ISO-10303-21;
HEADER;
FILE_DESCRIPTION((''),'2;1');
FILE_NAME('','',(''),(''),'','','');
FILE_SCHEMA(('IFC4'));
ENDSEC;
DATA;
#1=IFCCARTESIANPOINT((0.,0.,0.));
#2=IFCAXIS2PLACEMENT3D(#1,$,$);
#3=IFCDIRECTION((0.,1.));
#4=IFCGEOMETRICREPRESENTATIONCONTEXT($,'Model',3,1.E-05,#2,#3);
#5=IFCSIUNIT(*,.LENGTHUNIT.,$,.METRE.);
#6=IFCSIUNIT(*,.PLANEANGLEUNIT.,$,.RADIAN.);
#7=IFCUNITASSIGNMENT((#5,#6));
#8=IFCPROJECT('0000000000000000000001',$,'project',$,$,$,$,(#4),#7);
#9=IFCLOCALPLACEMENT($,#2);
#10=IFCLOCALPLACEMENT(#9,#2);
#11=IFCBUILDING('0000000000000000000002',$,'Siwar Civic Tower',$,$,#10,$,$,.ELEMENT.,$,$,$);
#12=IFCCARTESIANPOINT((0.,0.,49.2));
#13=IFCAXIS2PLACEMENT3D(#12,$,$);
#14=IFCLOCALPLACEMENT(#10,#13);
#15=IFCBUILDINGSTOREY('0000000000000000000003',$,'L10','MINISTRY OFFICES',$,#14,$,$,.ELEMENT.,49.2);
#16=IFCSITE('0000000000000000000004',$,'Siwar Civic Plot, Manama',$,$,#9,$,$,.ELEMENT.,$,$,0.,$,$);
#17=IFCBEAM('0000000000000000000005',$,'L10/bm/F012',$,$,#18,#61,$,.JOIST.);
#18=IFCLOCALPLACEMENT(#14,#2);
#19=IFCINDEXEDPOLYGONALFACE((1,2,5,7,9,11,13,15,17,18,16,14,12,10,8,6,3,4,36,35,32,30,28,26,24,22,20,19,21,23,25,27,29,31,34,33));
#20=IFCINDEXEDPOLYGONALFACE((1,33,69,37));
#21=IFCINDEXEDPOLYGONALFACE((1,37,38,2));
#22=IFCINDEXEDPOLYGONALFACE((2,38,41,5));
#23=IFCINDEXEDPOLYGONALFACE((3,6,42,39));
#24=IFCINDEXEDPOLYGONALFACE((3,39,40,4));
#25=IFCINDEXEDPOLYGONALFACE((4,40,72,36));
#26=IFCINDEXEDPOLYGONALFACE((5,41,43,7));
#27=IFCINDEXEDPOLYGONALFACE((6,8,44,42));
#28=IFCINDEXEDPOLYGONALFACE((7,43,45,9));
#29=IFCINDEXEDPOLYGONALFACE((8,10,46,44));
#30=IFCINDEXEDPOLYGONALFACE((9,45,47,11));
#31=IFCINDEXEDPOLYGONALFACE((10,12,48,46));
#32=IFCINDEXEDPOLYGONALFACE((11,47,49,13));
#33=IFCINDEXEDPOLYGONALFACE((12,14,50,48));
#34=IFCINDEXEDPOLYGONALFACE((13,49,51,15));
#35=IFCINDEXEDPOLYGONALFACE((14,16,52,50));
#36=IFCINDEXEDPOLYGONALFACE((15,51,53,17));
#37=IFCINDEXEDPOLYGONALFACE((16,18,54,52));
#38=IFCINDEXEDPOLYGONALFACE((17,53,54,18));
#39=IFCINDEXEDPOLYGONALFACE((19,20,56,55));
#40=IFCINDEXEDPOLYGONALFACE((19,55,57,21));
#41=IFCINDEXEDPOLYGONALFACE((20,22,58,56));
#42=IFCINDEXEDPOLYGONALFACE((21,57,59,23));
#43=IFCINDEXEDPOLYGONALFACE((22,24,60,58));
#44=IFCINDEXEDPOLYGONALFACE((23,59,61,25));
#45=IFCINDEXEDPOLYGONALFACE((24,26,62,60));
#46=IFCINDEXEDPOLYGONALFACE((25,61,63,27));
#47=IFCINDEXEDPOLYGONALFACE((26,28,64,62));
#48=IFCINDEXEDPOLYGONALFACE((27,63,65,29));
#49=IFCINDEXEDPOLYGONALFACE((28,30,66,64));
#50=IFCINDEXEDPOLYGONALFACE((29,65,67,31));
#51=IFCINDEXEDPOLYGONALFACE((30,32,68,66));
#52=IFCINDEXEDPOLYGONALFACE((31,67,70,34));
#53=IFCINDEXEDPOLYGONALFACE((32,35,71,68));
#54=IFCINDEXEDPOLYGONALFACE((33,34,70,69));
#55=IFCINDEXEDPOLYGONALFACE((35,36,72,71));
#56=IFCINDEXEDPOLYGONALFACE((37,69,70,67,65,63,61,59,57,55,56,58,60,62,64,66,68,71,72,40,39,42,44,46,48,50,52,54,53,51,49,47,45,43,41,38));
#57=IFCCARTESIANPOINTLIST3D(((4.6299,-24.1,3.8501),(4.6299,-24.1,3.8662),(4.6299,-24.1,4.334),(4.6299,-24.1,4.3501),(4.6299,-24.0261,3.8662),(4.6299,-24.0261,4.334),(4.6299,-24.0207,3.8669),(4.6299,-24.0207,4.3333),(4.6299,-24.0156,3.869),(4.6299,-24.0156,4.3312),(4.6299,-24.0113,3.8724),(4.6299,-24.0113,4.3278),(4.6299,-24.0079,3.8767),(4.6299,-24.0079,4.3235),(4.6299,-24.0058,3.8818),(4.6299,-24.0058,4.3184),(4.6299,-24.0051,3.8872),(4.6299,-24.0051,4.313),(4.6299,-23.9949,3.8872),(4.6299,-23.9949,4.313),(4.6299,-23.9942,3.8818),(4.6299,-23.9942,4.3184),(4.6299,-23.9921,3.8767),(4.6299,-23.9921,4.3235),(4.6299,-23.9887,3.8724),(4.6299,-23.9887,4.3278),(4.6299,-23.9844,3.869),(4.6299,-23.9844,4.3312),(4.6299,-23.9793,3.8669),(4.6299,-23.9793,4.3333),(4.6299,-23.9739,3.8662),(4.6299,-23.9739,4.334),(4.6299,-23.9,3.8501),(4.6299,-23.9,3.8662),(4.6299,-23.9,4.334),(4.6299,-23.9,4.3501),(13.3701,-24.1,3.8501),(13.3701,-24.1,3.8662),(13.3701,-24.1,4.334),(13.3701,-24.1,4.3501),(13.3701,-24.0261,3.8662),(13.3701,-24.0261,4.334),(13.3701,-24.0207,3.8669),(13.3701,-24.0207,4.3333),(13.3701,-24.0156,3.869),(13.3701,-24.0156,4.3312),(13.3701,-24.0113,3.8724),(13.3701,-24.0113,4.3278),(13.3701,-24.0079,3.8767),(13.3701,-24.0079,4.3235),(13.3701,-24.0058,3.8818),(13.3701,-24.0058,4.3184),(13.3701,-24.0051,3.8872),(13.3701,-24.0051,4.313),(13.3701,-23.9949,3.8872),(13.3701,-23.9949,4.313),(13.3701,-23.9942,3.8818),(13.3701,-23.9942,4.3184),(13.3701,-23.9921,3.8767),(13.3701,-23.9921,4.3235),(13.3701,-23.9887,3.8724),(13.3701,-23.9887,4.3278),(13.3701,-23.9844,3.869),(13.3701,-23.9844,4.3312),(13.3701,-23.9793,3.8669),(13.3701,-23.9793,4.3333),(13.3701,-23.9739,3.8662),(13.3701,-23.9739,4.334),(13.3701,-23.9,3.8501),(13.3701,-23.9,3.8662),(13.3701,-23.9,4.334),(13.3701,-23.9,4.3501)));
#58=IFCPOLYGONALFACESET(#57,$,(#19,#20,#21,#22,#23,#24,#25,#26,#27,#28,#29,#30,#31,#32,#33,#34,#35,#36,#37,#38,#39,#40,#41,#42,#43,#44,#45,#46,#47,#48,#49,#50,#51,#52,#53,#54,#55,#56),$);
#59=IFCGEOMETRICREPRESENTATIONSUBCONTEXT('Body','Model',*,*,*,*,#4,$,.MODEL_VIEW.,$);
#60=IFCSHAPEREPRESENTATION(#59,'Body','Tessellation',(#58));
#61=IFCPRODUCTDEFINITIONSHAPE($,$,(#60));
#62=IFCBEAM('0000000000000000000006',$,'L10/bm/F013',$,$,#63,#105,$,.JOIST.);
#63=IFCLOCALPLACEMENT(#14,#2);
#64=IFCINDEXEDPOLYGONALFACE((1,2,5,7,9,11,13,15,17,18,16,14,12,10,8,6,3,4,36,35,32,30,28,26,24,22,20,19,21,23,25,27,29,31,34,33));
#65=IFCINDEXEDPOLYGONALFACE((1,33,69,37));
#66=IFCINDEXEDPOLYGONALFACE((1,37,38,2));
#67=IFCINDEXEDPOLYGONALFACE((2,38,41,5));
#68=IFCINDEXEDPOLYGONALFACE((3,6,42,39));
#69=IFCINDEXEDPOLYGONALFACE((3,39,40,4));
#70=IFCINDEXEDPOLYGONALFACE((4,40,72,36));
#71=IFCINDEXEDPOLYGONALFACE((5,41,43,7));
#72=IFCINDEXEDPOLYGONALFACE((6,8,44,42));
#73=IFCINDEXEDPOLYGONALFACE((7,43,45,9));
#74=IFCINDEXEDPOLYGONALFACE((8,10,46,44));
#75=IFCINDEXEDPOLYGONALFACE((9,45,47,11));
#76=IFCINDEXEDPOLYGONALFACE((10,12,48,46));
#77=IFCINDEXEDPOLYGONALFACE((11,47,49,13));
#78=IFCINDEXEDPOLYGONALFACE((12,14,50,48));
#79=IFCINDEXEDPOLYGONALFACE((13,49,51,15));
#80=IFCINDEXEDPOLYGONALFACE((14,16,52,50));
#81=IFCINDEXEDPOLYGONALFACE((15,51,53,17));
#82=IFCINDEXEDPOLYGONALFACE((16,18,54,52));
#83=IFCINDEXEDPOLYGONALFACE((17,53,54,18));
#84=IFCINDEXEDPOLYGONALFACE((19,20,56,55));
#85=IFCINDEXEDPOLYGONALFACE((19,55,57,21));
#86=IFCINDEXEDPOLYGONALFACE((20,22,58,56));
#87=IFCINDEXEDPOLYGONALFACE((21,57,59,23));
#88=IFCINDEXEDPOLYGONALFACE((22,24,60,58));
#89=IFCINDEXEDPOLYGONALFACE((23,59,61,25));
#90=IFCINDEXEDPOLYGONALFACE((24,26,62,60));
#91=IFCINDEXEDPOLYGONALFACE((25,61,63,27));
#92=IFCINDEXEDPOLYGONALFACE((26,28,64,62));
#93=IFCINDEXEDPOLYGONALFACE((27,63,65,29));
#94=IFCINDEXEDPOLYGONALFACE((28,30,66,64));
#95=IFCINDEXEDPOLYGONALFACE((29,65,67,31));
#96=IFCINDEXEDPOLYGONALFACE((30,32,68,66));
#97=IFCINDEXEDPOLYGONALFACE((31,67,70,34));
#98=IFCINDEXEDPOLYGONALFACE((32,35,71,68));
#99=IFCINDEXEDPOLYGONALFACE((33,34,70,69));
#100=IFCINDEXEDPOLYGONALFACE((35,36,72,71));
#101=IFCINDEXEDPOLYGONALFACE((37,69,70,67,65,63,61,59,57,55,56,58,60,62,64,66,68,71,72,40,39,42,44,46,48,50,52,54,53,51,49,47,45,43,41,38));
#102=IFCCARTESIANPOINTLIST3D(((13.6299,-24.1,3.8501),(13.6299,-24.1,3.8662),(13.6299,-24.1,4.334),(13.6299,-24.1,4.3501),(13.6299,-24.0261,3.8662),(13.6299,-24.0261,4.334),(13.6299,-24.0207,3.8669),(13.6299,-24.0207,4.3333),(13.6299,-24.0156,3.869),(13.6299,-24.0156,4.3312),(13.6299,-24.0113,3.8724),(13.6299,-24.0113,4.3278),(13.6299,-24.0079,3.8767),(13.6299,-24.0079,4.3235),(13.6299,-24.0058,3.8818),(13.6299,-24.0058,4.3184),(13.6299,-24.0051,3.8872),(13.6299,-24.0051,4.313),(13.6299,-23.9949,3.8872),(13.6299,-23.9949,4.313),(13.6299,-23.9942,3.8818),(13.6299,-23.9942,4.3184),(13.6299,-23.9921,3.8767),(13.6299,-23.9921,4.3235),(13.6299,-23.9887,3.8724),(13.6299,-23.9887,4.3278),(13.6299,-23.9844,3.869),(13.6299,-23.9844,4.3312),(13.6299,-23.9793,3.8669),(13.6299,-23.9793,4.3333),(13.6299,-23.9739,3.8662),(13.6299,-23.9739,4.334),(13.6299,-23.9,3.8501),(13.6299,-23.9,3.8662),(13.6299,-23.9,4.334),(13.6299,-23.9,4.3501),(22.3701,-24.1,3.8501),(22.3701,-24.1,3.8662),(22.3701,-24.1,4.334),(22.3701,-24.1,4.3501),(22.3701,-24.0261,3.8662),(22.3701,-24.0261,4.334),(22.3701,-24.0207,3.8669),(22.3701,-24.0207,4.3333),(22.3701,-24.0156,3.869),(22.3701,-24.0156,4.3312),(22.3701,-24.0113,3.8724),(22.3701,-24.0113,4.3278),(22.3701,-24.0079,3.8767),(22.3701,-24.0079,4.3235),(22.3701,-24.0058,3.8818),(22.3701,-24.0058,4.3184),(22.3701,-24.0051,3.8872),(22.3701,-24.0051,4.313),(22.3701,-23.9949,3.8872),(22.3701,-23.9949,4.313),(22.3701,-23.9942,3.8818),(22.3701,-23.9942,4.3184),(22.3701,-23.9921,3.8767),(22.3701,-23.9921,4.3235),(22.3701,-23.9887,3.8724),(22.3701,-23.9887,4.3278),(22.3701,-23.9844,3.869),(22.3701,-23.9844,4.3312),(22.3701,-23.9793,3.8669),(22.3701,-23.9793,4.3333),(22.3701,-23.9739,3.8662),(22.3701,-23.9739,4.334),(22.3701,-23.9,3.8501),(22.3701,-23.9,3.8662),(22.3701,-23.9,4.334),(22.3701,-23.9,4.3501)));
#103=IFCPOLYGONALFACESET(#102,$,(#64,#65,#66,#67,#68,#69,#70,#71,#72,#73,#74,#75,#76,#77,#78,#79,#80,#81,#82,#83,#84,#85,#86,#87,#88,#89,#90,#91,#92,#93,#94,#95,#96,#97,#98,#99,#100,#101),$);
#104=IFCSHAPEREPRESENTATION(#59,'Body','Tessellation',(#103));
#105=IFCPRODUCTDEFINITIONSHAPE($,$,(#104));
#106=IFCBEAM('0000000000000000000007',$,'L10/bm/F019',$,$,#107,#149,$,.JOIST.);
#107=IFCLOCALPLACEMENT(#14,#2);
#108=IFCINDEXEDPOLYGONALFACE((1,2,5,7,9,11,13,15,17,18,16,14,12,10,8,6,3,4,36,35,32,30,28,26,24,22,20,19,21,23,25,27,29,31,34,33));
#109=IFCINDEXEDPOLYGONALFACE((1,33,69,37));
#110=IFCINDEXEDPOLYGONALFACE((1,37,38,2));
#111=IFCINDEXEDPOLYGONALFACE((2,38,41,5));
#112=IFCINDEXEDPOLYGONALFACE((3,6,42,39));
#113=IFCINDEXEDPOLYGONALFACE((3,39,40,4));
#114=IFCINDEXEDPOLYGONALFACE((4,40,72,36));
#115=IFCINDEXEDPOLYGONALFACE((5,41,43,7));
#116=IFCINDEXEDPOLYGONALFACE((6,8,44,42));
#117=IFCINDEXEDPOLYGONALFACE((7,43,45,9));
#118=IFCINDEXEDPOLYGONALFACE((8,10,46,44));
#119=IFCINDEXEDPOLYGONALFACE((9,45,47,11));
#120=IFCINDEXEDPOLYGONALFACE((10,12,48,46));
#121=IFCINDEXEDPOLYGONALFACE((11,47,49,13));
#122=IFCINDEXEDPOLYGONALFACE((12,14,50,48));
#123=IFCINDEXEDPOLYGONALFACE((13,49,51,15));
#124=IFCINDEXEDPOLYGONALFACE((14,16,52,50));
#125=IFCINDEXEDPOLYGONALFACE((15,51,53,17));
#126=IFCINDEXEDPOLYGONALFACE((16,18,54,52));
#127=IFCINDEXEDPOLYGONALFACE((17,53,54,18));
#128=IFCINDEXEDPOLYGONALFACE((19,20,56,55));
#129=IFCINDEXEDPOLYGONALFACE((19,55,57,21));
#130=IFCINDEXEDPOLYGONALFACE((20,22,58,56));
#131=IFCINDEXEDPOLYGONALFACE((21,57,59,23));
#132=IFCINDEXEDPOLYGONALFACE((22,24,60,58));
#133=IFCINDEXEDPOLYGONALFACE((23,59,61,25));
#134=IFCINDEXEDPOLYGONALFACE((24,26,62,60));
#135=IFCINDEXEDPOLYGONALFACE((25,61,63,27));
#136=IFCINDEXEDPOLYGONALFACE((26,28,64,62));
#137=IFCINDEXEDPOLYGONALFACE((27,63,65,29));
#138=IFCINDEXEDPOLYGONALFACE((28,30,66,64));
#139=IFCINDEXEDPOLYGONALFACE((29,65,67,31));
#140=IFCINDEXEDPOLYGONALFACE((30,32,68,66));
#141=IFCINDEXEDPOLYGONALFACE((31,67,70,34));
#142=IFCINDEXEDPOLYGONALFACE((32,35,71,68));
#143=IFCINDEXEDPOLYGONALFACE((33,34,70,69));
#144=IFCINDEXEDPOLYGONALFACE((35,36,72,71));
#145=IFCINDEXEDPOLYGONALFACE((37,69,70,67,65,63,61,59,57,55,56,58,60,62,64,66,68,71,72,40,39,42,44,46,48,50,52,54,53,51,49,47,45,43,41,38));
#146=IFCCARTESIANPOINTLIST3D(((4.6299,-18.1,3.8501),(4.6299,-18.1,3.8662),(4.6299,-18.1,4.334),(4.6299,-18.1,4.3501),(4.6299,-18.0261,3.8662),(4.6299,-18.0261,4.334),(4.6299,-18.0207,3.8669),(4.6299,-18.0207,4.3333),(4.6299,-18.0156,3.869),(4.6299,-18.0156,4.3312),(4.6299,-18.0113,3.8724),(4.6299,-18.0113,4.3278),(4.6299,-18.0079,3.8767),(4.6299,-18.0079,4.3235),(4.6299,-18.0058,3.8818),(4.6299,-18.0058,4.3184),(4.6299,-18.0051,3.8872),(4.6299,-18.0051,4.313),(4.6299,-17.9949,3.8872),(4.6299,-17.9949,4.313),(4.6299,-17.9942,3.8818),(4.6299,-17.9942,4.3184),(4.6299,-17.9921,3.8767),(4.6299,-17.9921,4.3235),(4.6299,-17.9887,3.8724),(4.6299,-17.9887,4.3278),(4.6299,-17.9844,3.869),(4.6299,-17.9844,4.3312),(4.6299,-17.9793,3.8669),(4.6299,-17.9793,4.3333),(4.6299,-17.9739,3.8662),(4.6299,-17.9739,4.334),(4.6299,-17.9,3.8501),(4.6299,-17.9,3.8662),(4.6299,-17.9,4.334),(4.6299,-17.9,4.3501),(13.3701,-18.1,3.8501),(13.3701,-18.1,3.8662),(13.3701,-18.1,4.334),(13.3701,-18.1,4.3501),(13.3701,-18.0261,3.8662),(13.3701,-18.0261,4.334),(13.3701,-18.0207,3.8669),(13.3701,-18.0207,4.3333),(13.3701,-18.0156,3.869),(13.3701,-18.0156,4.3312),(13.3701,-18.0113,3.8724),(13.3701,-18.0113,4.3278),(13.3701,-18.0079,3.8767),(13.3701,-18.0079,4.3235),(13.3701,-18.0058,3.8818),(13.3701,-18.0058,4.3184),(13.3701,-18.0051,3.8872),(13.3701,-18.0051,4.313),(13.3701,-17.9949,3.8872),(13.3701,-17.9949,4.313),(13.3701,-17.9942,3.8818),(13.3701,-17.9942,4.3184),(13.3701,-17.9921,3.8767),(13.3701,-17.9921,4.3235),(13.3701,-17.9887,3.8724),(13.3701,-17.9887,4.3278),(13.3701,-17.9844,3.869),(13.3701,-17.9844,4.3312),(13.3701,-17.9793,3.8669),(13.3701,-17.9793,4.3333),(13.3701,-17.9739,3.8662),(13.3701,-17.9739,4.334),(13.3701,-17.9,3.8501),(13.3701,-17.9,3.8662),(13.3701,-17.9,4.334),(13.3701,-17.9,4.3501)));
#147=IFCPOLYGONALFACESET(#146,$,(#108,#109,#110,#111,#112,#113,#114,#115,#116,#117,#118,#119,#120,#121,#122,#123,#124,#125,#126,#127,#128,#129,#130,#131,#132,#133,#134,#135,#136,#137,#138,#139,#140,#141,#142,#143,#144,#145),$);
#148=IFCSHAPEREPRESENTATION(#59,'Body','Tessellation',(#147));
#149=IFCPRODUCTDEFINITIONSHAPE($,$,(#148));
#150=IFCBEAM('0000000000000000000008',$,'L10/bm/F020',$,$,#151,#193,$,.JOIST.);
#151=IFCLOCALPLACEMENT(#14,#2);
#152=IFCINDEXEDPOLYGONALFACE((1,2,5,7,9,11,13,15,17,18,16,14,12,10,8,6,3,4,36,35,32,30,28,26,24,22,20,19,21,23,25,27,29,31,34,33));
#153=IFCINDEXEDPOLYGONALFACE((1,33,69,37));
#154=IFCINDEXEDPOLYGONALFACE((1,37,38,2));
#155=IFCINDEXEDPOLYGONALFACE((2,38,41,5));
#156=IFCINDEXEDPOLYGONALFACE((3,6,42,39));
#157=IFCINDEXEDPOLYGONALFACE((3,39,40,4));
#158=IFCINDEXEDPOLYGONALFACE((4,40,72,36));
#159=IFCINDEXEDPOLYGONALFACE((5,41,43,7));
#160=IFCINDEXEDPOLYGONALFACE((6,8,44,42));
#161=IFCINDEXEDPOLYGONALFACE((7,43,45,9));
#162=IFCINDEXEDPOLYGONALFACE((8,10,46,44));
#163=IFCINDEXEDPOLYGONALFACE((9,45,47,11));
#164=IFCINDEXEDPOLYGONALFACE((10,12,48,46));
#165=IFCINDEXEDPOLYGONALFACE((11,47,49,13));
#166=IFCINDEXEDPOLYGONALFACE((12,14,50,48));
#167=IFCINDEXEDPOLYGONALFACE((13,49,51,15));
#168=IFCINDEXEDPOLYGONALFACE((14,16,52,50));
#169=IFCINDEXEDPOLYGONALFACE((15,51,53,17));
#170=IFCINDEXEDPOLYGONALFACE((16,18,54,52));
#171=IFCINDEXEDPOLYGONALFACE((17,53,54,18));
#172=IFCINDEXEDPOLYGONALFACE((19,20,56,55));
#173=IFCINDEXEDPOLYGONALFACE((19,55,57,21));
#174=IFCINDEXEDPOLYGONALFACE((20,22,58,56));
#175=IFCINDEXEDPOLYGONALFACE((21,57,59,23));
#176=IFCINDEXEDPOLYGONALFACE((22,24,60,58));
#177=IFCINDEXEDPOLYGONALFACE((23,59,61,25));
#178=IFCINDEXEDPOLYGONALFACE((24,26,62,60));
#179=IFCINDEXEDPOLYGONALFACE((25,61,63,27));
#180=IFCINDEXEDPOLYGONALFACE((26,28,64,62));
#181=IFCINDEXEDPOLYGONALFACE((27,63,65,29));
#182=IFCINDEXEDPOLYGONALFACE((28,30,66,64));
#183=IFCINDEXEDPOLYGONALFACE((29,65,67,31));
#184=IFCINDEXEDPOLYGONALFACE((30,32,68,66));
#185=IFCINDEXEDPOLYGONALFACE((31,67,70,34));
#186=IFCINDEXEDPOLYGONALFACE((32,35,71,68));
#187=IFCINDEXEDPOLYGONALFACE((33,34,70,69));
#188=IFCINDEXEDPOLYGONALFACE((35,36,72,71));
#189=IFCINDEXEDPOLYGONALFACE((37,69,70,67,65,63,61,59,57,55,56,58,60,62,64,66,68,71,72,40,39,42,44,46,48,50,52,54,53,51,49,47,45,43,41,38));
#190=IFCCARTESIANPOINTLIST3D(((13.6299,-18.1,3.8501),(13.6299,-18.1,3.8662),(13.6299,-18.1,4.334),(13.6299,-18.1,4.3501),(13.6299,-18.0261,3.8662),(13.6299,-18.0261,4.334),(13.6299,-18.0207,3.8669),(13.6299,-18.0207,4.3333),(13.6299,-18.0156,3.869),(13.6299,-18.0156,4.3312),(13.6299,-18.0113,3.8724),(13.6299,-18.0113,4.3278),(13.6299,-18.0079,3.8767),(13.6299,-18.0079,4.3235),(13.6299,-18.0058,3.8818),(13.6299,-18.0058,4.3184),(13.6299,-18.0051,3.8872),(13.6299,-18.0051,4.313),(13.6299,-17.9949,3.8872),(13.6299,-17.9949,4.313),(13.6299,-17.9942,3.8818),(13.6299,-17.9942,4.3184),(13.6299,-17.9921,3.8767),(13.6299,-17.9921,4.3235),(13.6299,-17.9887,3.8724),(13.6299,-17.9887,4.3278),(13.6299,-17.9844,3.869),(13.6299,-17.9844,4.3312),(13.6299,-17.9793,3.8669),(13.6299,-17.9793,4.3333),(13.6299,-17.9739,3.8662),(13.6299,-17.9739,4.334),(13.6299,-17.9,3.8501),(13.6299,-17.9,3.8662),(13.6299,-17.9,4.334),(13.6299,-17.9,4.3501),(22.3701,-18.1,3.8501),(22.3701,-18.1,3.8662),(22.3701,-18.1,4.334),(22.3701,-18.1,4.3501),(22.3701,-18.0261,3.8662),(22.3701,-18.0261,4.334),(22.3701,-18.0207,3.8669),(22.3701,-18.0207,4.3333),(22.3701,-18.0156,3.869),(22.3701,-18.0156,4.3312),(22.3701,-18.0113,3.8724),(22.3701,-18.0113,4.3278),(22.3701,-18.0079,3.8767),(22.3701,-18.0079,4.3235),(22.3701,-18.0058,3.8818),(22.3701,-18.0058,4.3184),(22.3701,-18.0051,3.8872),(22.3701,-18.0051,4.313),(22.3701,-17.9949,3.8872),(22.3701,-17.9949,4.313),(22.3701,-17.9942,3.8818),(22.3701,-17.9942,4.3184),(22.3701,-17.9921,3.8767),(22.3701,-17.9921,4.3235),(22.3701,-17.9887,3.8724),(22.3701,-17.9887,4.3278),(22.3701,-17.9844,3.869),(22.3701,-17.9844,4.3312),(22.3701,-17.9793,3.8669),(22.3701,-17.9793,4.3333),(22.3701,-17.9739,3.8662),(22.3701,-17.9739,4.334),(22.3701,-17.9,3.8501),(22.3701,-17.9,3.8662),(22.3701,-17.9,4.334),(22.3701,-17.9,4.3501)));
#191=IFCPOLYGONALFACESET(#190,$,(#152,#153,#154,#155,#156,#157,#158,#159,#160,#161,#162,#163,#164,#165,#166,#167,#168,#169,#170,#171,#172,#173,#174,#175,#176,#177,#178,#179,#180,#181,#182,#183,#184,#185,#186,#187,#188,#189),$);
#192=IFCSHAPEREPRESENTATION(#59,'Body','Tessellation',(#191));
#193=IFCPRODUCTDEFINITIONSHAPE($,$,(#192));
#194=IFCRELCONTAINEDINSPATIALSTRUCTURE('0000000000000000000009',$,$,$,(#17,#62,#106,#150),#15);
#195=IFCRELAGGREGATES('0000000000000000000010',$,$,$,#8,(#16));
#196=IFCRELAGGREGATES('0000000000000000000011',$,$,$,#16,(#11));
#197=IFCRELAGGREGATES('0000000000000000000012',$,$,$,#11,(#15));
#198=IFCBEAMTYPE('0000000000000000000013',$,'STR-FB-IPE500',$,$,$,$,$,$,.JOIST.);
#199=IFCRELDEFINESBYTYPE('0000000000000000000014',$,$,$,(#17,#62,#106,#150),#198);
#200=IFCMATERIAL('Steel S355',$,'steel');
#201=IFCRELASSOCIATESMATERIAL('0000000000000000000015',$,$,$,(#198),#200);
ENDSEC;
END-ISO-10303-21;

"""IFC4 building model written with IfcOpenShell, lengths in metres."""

from ifc_helpers import new_model, si_unit, direction, frame, origin, origin_2d, place, context, subcontext, project, spatial, i_section, extrude, material, material_profile, profile_set, type_object, element, save


model = new_model("IFC4")

# Units and contexts
model_context = context("Model", 3, precision=1e-05, world=origin(), true_north=direction((0.0, 1.0)))
body_context = subcontext(model_context, "Body", "Model", "MODEL_VIEW")
ifc_project = project(units=[si_unit("LENGTHUNIT", "METRE"), si_unit("PLANEANGLEUNIT", "RADIAN")], contexts=[model_context])

# Site, building, storey
site_placement = place(None, origin())
site = spatial("IfcSite", under=ifc_project, at=site_placement, Name="Siwar Civic Plot, Manama", CompositionType="ELEMENT", RefElevation=0.0)
building_placement = place(site_placement, origin())
building = spatial("IfcBuilding", under=site, at=building_placement, Name="Siwar Civic Tower", CompositionType="ELEMENT")
storey_placement = place(building_placement, frame((0.0, 0.0, 49.2)))
storey = spatial("IfcBuildingStorey", under=building, at=storey_placement, Name="L10", Description="MINISTRY OFFICES", CompositionType="ELEMENT", Elevation=49.2)

# Beams
ifc_material_1 = material(Name="Steel S355", Category="steel")
ifc_material_profile_1 = material_profile(ifc_material_1, i_section(OverallWidth=0.2, OverallDepth=0.5, WebThickness=0.0103, FlangeThickness=0.0161, FilletRadius=0.021, at=origin_2d()), Name="IPE500")
ifc_profile_set_1 = profile_set([ifc_material_profile_1], Name="Steel S355")
beam_type_1 = type_object("IfcBeamType", Name="STR-FB-IPE500", PredefinedType="JOIST", material=ifc_profile_set_1)
for number, where, z_axis, x_axis, name in (
    (1, (4.6299, -24.0, 4.1001), (1.0, 0.0, 0.0), (0.0, 1.0, 0.0), "L10/bm/F012"),
    (2, (13.6299, -24.0, 4.1001), (1.0, 0.0, 0.0), (0.0, 1.0, 0.0), "L10/bm/F013"),
    (3, (4.6299, -18.0, 4.1001), (1.0, 0.0, 0.0), (0.0, 1.0, 0.0), "L10/bm/F019"),
    (4, (13.6299, -18.0, 4.1001), (1.0, 0.0, 0.0), (0.0, 1.0, 0.0), "L10/bm/F020"),
):
    element("IfcBeam", number, at=place(storey_placement, frame(where, z_axis=z_axis, x_axis=x_axis)), inside=storey, type_object=beam_type_1, Name=name, PredefinedType="JOIST", context=body_context, shape_type="SweptSolid", body=[
        extrude(i_section(OverallWidth=0.2, OverallDepth=0.5, WebThickness=0.0103, FlangeThickness=0.0161, FilletRadius=0.021, at=origin_2d()), origin(), (0.0, 0.0, 1.0), 8.7402),
    ])

save(model, "model.ifc")
